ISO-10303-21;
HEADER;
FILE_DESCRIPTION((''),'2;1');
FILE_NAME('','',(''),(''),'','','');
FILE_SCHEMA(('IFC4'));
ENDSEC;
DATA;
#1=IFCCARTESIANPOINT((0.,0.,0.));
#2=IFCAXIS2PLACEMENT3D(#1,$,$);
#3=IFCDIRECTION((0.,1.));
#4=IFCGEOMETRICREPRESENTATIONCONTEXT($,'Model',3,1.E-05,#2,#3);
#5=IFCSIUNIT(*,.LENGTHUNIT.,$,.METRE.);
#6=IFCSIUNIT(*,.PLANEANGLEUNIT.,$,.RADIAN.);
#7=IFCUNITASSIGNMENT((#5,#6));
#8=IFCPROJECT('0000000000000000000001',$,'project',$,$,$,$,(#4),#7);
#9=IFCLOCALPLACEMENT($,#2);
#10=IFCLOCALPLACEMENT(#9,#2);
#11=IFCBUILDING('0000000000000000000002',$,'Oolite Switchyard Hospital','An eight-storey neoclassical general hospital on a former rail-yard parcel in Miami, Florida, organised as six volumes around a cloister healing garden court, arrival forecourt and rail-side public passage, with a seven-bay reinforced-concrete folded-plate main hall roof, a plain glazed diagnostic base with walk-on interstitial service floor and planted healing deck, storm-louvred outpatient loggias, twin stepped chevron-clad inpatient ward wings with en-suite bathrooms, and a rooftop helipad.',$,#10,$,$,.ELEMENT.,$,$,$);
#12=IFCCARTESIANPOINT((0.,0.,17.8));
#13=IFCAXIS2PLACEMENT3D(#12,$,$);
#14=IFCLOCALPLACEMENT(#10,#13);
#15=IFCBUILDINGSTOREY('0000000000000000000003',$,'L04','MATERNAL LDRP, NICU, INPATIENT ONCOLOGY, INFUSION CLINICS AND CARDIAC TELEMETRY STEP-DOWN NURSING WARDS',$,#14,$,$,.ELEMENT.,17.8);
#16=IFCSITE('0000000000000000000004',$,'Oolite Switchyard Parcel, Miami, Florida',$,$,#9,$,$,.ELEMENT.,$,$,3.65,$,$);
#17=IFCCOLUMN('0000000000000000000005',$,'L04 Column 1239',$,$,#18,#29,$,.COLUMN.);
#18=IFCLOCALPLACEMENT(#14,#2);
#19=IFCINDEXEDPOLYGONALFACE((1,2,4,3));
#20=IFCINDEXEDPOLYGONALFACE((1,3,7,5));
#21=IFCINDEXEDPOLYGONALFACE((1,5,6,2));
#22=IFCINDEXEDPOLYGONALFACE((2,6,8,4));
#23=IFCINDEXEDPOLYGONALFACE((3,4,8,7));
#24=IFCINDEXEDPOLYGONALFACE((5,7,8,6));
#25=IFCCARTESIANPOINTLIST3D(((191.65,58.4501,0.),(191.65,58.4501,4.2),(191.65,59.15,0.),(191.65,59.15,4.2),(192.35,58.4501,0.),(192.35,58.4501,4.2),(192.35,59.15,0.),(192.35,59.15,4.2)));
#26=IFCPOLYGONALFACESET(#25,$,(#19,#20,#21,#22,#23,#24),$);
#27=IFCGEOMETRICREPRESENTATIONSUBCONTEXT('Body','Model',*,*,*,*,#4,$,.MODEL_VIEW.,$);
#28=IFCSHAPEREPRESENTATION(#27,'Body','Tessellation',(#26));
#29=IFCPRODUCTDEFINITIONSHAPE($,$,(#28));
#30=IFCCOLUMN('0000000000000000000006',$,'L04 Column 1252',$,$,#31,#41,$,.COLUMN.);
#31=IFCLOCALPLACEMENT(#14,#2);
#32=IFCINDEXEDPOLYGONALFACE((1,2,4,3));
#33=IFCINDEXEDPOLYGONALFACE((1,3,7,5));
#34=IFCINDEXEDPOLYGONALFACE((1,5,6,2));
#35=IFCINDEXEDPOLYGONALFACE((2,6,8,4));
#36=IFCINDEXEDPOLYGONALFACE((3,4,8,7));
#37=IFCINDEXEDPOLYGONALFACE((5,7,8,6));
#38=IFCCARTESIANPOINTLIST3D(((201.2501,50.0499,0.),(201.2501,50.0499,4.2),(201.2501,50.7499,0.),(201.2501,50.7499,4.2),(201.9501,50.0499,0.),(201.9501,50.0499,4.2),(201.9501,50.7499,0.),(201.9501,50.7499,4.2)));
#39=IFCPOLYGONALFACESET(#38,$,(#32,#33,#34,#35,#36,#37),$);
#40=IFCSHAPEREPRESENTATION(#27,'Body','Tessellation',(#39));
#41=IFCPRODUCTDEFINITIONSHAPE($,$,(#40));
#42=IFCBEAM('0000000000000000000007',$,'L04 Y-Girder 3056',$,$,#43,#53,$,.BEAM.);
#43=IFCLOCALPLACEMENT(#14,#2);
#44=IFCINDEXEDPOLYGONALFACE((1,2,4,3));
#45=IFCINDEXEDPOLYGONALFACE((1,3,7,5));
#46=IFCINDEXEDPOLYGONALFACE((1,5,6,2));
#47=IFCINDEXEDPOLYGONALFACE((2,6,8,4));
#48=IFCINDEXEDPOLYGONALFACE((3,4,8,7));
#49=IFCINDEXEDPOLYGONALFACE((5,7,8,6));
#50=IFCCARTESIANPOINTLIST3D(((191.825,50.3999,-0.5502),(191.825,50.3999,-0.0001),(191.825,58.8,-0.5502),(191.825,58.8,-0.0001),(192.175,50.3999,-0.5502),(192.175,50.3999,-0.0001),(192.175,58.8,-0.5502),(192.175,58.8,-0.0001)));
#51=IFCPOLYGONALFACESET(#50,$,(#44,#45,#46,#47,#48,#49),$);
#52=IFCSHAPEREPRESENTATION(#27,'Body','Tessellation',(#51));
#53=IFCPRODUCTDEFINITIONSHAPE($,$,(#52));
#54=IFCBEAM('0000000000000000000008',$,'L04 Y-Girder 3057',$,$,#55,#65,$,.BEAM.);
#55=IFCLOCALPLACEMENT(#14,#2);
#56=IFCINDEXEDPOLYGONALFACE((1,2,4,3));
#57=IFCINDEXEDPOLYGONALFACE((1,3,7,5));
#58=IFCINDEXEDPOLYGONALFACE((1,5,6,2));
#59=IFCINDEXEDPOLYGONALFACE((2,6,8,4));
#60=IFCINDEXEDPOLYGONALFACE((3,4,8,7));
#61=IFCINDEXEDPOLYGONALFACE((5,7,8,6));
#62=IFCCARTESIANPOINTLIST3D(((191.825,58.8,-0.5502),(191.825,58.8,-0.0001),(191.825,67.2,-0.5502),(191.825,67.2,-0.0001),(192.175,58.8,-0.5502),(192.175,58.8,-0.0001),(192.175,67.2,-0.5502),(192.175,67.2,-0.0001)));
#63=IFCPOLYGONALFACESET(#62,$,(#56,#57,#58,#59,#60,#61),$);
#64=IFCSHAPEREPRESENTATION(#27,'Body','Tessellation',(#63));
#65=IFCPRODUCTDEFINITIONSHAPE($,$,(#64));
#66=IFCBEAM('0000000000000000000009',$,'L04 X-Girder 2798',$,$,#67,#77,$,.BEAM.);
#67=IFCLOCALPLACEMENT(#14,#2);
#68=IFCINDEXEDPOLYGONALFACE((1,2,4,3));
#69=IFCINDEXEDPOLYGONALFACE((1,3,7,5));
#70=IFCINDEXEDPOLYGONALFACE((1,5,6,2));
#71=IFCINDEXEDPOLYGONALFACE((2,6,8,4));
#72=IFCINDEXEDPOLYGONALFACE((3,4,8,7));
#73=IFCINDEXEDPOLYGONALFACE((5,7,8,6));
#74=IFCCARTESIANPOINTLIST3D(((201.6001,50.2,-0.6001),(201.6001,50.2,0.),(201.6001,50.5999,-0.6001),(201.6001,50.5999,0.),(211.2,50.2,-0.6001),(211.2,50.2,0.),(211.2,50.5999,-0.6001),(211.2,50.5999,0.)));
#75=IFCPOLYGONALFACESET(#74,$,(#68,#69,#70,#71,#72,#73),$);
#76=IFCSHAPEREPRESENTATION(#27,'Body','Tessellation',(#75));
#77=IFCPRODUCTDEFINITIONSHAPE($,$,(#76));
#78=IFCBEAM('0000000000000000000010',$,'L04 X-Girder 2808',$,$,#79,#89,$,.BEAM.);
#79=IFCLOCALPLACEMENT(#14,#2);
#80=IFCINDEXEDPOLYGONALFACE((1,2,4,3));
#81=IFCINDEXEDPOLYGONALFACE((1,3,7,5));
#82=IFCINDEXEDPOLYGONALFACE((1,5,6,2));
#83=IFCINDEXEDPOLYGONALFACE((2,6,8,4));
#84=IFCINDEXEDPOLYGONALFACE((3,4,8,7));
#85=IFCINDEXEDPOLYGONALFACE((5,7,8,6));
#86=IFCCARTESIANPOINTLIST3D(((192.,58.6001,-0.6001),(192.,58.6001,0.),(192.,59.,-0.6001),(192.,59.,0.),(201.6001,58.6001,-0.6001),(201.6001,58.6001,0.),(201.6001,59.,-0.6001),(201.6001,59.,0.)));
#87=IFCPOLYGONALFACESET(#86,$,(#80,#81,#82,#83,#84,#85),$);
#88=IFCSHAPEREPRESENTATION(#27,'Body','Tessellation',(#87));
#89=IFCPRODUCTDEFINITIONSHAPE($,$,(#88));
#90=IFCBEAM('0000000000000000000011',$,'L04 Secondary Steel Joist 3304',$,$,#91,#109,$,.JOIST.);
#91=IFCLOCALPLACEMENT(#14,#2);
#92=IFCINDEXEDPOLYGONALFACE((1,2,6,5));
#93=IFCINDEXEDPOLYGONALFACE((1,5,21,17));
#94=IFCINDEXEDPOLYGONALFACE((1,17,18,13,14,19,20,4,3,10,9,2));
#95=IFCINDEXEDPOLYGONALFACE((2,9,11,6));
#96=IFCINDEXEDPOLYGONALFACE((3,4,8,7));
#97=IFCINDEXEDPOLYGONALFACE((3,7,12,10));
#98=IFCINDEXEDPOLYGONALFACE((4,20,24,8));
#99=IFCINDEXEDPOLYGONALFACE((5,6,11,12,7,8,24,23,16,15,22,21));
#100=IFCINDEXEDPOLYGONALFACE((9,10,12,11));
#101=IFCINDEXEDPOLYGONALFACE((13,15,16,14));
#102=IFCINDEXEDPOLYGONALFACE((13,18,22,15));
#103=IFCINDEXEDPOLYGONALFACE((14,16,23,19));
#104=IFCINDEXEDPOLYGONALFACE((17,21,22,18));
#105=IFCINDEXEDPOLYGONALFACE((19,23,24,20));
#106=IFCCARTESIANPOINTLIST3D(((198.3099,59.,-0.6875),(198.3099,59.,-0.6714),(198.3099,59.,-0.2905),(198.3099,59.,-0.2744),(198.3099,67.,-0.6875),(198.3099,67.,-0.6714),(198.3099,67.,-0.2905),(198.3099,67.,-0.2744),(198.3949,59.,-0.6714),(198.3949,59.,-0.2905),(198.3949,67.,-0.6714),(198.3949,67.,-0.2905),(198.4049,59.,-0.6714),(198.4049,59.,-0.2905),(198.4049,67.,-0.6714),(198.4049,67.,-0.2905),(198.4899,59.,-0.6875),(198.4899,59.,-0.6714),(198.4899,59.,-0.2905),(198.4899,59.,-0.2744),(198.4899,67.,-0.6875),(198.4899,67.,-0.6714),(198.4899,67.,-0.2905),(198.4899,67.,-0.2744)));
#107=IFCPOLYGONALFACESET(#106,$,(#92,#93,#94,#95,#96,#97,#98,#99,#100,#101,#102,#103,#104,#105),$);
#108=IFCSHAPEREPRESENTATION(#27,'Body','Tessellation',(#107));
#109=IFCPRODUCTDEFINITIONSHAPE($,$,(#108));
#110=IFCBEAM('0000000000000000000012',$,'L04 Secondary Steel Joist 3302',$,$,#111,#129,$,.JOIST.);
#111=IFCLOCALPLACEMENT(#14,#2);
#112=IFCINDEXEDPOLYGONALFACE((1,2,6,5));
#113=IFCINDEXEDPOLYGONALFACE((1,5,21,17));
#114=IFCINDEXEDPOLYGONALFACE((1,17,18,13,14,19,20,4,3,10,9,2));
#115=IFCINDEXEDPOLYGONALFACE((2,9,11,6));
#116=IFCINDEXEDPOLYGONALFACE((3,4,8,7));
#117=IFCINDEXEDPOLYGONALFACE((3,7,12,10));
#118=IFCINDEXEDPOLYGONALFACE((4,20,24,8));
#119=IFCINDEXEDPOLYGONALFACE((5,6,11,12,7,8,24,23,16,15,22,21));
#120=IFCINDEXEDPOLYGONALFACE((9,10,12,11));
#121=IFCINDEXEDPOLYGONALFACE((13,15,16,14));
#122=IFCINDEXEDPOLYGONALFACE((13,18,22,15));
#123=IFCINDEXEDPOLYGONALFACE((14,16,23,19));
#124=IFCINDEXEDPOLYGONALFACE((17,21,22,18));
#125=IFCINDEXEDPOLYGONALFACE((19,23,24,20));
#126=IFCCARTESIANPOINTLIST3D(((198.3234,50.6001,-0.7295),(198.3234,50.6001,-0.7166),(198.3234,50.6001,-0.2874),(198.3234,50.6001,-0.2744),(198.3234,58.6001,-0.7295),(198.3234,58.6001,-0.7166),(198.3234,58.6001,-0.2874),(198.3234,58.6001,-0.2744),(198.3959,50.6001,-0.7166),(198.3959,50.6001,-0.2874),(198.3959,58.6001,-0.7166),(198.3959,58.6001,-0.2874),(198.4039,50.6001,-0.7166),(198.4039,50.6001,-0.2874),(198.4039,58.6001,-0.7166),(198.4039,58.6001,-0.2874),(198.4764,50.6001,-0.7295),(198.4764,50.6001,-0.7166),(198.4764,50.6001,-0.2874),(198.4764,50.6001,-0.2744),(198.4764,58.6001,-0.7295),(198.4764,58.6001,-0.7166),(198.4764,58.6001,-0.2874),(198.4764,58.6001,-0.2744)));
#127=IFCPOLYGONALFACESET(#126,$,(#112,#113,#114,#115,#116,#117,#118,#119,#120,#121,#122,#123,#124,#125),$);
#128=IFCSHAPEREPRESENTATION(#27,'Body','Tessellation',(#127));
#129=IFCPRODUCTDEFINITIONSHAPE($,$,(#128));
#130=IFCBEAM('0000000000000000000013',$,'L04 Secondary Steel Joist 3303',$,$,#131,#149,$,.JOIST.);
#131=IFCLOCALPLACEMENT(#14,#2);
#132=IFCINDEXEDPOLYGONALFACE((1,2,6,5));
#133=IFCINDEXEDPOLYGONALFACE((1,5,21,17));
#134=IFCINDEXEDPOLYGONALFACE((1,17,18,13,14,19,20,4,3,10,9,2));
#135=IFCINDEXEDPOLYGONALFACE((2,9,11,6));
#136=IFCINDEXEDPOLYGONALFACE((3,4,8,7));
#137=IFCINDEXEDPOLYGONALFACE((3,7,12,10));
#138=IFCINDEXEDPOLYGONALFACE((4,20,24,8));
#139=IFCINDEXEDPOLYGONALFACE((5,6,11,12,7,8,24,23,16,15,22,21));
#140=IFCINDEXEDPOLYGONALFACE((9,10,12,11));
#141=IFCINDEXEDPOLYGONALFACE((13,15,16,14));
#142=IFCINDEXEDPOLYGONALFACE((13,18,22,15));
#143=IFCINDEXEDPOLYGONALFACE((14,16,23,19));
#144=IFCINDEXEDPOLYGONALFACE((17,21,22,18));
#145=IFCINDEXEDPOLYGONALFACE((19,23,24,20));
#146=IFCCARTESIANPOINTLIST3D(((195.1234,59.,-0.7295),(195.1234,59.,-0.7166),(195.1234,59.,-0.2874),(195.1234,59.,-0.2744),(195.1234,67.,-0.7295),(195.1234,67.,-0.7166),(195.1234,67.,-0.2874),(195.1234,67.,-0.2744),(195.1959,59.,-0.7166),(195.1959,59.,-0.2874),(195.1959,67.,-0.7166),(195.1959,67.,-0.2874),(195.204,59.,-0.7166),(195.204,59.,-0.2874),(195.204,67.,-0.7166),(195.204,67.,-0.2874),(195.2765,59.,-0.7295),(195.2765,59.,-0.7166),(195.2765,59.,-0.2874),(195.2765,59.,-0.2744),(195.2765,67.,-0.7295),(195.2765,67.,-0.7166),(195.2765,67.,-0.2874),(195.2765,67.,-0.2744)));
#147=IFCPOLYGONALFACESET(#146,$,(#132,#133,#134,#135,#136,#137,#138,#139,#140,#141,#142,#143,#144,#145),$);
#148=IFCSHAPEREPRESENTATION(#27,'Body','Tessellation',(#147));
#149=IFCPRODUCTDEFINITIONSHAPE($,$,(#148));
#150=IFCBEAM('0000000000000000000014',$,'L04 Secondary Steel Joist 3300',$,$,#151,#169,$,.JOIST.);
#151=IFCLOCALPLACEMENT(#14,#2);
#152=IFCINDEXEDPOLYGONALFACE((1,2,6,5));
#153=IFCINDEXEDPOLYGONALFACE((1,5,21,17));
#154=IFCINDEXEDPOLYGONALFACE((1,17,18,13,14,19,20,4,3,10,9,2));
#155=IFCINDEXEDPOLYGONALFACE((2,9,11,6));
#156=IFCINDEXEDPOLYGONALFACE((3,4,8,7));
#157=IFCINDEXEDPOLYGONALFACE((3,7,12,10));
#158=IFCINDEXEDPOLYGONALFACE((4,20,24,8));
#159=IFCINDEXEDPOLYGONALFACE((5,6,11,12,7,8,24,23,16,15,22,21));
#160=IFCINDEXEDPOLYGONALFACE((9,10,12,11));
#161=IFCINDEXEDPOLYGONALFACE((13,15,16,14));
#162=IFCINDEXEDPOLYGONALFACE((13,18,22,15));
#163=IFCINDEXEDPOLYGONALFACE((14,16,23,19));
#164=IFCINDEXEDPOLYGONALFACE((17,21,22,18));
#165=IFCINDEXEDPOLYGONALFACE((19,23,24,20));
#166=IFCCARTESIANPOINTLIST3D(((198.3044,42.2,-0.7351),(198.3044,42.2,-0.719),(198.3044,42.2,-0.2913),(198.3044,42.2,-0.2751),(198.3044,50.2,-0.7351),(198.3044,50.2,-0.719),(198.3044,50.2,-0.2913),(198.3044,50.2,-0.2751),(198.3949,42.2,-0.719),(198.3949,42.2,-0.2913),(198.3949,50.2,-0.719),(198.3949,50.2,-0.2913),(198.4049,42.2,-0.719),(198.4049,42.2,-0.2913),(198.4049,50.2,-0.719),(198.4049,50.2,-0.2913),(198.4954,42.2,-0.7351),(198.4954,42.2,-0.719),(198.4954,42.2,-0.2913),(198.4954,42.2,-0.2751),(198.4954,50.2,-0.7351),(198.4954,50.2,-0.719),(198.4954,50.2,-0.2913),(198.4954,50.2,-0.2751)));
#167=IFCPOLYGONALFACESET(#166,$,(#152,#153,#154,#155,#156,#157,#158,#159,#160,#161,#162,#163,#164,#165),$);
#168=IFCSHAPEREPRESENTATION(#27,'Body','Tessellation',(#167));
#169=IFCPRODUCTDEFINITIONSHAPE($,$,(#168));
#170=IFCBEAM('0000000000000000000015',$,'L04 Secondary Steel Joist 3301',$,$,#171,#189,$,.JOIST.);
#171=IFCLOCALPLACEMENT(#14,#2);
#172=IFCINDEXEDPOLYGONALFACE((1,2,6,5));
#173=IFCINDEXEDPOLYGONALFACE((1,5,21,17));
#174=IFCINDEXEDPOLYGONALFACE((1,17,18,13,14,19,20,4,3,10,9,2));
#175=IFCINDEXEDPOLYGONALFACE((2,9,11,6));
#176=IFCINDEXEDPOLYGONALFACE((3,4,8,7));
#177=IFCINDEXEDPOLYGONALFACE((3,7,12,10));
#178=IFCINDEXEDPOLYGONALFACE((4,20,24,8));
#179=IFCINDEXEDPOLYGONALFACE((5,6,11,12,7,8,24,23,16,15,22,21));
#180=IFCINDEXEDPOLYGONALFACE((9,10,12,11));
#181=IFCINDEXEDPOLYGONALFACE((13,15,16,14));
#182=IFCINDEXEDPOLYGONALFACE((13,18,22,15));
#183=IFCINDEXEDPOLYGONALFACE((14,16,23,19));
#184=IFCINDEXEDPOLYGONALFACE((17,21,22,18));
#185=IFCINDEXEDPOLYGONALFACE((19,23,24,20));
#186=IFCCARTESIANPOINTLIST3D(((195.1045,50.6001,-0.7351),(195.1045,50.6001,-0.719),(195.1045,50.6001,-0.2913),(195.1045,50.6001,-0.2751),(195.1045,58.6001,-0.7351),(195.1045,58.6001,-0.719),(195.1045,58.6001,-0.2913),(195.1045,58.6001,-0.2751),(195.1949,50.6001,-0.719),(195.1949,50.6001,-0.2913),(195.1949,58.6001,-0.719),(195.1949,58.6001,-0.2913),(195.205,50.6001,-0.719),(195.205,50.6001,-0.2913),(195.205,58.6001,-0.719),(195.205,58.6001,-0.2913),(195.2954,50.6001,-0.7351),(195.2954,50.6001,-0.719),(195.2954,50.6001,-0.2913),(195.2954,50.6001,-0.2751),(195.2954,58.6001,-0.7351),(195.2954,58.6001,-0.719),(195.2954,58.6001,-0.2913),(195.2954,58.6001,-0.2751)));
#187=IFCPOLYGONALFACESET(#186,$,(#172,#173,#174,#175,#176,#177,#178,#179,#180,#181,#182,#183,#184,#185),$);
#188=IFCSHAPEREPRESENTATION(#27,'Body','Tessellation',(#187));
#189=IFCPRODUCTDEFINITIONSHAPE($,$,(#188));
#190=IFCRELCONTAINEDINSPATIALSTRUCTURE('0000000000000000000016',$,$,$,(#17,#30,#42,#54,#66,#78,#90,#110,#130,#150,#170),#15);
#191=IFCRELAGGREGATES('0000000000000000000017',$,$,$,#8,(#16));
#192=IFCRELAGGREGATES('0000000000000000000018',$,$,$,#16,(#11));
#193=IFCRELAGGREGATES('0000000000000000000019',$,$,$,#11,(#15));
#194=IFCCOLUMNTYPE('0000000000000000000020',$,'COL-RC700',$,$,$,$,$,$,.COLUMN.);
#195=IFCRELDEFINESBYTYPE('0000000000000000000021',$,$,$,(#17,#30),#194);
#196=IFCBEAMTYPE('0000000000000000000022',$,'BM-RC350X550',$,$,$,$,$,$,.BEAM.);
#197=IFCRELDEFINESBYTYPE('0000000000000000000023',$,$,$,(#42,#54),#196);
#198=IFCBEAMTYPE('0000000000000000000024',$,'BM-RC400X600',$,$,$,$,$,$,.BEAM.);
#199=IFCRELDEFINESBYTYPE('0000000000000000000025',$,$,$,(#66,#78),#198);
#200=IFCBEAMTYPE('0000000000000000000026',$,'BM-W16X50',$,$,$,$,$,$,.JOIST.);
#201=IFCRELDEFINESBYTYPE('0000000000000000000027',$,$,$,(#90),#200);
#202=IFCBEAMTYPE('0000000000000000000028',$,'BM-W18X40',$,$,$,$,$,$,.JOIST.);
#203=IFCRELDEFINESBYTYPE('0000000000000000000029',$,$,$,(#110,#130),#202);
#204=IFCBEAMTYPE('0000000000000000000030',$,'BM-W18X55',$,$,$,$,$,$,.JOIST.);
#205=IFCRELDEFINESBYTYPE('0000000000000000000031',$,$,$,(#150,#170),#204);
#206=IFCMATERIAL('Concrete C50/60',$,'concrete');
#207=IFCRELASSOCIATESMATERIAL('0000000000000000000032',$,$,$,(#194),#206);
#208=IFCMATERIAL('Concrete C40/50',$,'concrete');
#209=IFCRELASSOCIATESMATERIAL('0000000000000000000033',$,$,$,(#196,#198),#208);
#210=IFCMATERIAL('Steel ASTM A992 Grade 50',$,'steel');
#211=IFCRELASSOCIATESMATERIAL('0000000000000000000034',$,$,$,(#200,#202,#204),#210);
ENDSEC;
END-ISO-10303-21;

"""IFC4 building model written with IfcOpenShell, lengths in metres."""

from ifc_helpers import new_model, si_unit, direction, frame, origin, origin_2d, place, context, subcontext, project, spatial, rectangle, i_section, extrude, material, material_profile, profile_set, type_object, element, save


model = new_model("IFC4")

# Units and contexts
model_context = context("Model", 3, precision=1e-05, world=origin(), true_north=direction((0.0, 1.0)))
body_context = subcontext(model_context, "Body", "Model", "MODEL_VIEW")
ifc_project = project(units=[si_unit("LENGTHUNIT", "METRE"), si_unit("PLANEANGLEUNIT", "RADIAN")], contexts=[model_context])

# Site, building, storey
site_placement = place(None, origin())
site = spatial("IfcSite", under=ifc_project, at=site_placement, Name="Oolite Switchyard Parcel, Miami, Florida", CompositionType="ELEMENT", RefElevation=3.65)
building_placement = place(site_placement, origin())
building = spatial("IfcBuilding", under=site, at=building_placement, Name="Oolite Switchyard Hospital", Description="An eight-storey neoclassical general hospital on a former rail-yard parcel in Miami, Florida, organised as six volumes around a cloister healing garden court, arrival forecourt and rail-side public passage, with a seven-bay reinforced-concrete folded-plate main hall roof, a plain glazed diagnostic base with walk-on interstitial service floor and planted healing deck, storm-louvred outpatient loggias, twin stepped chevron-clad inpatient ward wings with en-suite bathrooms, and a rooftop helipad.", CompositionType="ELEMENT")
storey_placement = place(building_placement, frame((0.0, 0.0, 17.8)))
storey = spatial("IfcBuildingStorey", under=building, at=storey_placement, Name="L04", Description="MATERNAL LDRP, NICU, INPATIENT ONCOLOGY, INFUSION CLINICS AND CARDIAC TELEMETRY STEP-DOWN NURSING WARDS", CompositionType="ELEMENT", Elevation=17.8)

# Columns
ifc_material_1 = material(Name="Concrete C50/60", Category="concrete")
ifc_material_profile_1 = material_profile(ifc_material_1, rectangle(XDim=0.7, YDim=0.7, at=origin_2d()), Name="RC700X700")
ifc_profile_set_1 = profile_set([ifc_material_profile_1], Name="Concrete C50/60")
column_type = type_object("IfcColumnType", Name="COL-RC700", PredefinedType="COLUMN", material=ifc_profile_set_1)
for number, where, z_axis, x_axis, name in (
    (1, (192.0, 58.8, 0.0), (0.0, 0.0, 1.0), (1.0, 0.0, 0.0), "L04 Column 1239"),
    (2, (201.6001, 50.3999, 0.0), (0.0, 0.0, 1.0), (1.0, 0.0, 0.0), "L04 Column 1252"),
):
    element("IfcColumn", number, at=place(storey_placement, frame(where, z_axis=z_axis, x_axis=x_axis)), inside=storey, type_object=column_type, Name=name, PredefinedType="COLUMN", context=body_context, shape_type="SweptSolid", body=[
        extrude(rectangle(XDim=0.7, YDim=0.7, at=origin_2d()), origin(), (0.0, 0.0, 1.0), 4.2),
    ])

# Beams
ifc_material_2 = material(Name="Concrete C40/50", Category="concrete")
ifc_material_profile_2 = material_profile(ifc_material_2, rectangle(XDim=0.3501, YDim=0.55, at=origin_2d()), Name="RCB350X550")
ifc_profile_set_2 = profile_set([ifc_material_profile_2], Name="Concrete C40/50")
beam_type_1 = type_object("IfcBeamType", Name="BM-RC350X550", PredefinedType="BEAM", material=ifc_profile_set_2)
beam_1_placement = place(storey_placement, frame((192.0, 50.3999, -0.2751), z_axis=(0.0, 1.0, 0.0), x_axis=(-1.0, 0.0, 0.0)))
element("IfcBeam", 3, at=beam_1_placement, inside=storey, type_object=beam_type_1, Name="L04 Y-Girder 3056", PredefinedType="BEAM", context=body_context, shape_type="SweptSolid", body=[
    extrude(rectangle(XDim=0.3501, YDim=0.55, at=origin_2d()), origin(), (0.0, 0.0, 1.0), 8.4001),
])
beam_2_placement = place(storey_placement, frame((192.0, 58.8, -0.2751), z_axis=(0.0, 1.0, 0.0), x_axis=(-1.0, 0.0, 0.0)))
element("IfcBeam", 4, at=beam_2_placement, inside=storey, type_object=beam_type_1, Name="L04 Y-Girder 3057", PredefinedType="BEAM", context=body_context, shape_type="SweptSolid", body=[
    extrude(rectangle(XDim=0.3501, YDim=0.55, at=origin_2d()), origin(), (0.0, 0.0, 1.0), 8.3999),
])
ifc_material_profile_3 = material_profile(ifc_material_2, rectangle(XDim=0.3999, YDim=0.6001, at=origin_2d()), Name="RCB400X600")
ifc_profile_set_3 = profile_set([ifc_material_profile_3], Name="Concrete C40/50")
beam_type_2 = type_object("IfcBeamType", Name="BM-RC400X600", PredefinedType="BEAM", material=ifc_profile_set_3)
beam_3_placement = place(storey_placement, frame((201.6001, 50.3999, -0.3), z_axis=(1.0, 0.0, 0.0), x_axis=(0.0, 1.0, 0.0)))
element("IfcBeam", 5, at=beam_3_placement, inside=storey, type_object=beam_type_2, Name="L04 X-Girder 2798", PredefinedType="BEAM", context=body_context, shape_type="SweptSolid", body=[
    extrude(rectangle(XDim=0.3999, YDim=0.6001, at=origin_2d()), origin(), (0.0, 0.0, 1.0), 9.5999),
])
beam_4_placement = place(storey_placement, frame((192.0, 58.8, -0.3), z_axis=(1.0, 0.0, 0.0), x_axis=(0.0, 1.0, 0.0)))
element("IfcBeam", 6, at=beam_4_placement, inside=storey, type_object=beam_type_2, Name="L04 X-Girder 2808", PredefinedType="BEAM", context=body_context, shape_type="SweptSolid", body=[
    extrude(rectangle(XDim=0.3999, YDim=0.6001, at=origin_2d()), origin(), (0.0, 0.0, 1.0), 9.6001),
])
ifc_material_3 = material(Name="Steel ASTM A992 Grade 50", Category="steel")
ifc_material_profile_4 = material_profile(ifc_material_3, i_section(OverallWidth=0.1799, OverallDepth=0.4131, WebThickness=0.01, FlangeThickness=0.0161, at=origin_2d()), Name="W16X50")
ifc_profile_set_4 = profile_set([ifc_material_profile_4], Name="Steel ASTM A992 Grade 50")
beam_type_3 = type_object("IfcBeamType", Name="BM-W16X50", PredefinedType="JOIST", material=ifc_profile_set_4)
beam_5_placement = place(storey_placement, frame((198.3999, 59.0, -0.481), z_axis=(0.0, 1.0, 0.0), x_axis=(-1.0, 0.0, 0.0)))
element("IfcBeam", 7, at=beam_5_placement, inside=storey, type_object=beam_type_3, Name="L04 Secondary Steel Joist 3304", PredefinedType="JOIST", context=body_context, shape_type="SweptSolid", body=[
    extrude(i_section(OverallWidth=0.1799, OverallDepth=0.4131, WebThickness=0.01, FlangeThickness=0.0161, at=origin_2d()), origin(), (0.0, 0.0, 1.0), 8.0),
])
ifc_material_profile_5 = material_profile(ifc_material_3, i_section(OverallWidth=0.1531, OverallDepth=0.4551, WebThickness=0.0081, FlangeThickness=0.0129, at=origin_2d()), Name="W18X40")
ifc_profile_set_5 = profile_set([ifc_material_profile_5], Name="Steel ASTM A992 Grade 50")
beam_type_4 = type_object("IfcBeamType", Name="BM-W18X40", PredefinedType="JOIST", material=ifc_profile_set_5)
for number, where, z_axis, x_axis, name in (
    (8, (198.3999, 50.6001, -0.502), (0.0, 1.0, 0.0), (-1.0, 0.0, 0.0), "L04 Secondary Steel Joist 3302"),
    (9, (195.2, 59.0, -0.502), (0.0, 1.0, 0.0), (-1.0, 0.0, 0.0), "L04 Secondary Steel Joist 3303"),
):
    element("IfcBeam", number, at=place(storey_placement, frame(where, z_axis=z_axis, x_axis=x_axis)), inside=storey, type_object=beam_type_4, Name=name, PredefinedType="JOIST", context=body_context, shape_type="SweptSolid", body=[
        extrude(i_section(OverallWidth=0.1531, OverallDepth=0.4551, WebThickness=0.0081, FlangeThickness=0.0129, at=origin_2d()), origin(), (0.0, 0.0, 1.0), 8.0),
    ])
ifc_material_profile_6 = material_profile(ifc_material_3, i_section(OverallWidth=0.1909, OverallDepth=0.46, WebThickness=0.01, FlangeThickness=0.0161, at=origin_2d()), Name="W18X55")
ifc_profile_set_6 = profile_set([ifc_material_profile_6], Name="Steel ASTM A992 Grade 50")
beam_type_5 = type_object("IfcBeamType", Name="BM-W18X55", PredefinedType="JOIST", material=ifc_profile_set_6)
for number, where, z_axis, x_axis, name in (
    (10, (198.3999, 42.2, -0.5051), (0.0, 1.0, 0.0), (-1.0, 0.0, 0.0), "L04 Secondary Steel Joist 3300"),
    (11, (195.2, 50.6001, -0.5051), (0.0, 1.0, 0.0), (-1.0, 0.0, 0.0), "L04 Secondary Steel Joist 3301"),
):
    element("IfcBeam", number, at=place(storey_placement, frame(where, z_axis=z_axis, x_axis=x_axis)), inside=storey, type_object=beam_type_5, Name=name, PredefinedType="JOIST", context=body_context, shape_type="SweptSolid", body=[
        extrude(i_section(OverallWidth=0.1909, OverallDepth=0.46, WebThickness=0.01, FlangeThickness=0.0161, at=origin_2d()), origin(), (0.0, 0.0, 1.0), 8.0),
    ])

save(model, "model.ifc")
